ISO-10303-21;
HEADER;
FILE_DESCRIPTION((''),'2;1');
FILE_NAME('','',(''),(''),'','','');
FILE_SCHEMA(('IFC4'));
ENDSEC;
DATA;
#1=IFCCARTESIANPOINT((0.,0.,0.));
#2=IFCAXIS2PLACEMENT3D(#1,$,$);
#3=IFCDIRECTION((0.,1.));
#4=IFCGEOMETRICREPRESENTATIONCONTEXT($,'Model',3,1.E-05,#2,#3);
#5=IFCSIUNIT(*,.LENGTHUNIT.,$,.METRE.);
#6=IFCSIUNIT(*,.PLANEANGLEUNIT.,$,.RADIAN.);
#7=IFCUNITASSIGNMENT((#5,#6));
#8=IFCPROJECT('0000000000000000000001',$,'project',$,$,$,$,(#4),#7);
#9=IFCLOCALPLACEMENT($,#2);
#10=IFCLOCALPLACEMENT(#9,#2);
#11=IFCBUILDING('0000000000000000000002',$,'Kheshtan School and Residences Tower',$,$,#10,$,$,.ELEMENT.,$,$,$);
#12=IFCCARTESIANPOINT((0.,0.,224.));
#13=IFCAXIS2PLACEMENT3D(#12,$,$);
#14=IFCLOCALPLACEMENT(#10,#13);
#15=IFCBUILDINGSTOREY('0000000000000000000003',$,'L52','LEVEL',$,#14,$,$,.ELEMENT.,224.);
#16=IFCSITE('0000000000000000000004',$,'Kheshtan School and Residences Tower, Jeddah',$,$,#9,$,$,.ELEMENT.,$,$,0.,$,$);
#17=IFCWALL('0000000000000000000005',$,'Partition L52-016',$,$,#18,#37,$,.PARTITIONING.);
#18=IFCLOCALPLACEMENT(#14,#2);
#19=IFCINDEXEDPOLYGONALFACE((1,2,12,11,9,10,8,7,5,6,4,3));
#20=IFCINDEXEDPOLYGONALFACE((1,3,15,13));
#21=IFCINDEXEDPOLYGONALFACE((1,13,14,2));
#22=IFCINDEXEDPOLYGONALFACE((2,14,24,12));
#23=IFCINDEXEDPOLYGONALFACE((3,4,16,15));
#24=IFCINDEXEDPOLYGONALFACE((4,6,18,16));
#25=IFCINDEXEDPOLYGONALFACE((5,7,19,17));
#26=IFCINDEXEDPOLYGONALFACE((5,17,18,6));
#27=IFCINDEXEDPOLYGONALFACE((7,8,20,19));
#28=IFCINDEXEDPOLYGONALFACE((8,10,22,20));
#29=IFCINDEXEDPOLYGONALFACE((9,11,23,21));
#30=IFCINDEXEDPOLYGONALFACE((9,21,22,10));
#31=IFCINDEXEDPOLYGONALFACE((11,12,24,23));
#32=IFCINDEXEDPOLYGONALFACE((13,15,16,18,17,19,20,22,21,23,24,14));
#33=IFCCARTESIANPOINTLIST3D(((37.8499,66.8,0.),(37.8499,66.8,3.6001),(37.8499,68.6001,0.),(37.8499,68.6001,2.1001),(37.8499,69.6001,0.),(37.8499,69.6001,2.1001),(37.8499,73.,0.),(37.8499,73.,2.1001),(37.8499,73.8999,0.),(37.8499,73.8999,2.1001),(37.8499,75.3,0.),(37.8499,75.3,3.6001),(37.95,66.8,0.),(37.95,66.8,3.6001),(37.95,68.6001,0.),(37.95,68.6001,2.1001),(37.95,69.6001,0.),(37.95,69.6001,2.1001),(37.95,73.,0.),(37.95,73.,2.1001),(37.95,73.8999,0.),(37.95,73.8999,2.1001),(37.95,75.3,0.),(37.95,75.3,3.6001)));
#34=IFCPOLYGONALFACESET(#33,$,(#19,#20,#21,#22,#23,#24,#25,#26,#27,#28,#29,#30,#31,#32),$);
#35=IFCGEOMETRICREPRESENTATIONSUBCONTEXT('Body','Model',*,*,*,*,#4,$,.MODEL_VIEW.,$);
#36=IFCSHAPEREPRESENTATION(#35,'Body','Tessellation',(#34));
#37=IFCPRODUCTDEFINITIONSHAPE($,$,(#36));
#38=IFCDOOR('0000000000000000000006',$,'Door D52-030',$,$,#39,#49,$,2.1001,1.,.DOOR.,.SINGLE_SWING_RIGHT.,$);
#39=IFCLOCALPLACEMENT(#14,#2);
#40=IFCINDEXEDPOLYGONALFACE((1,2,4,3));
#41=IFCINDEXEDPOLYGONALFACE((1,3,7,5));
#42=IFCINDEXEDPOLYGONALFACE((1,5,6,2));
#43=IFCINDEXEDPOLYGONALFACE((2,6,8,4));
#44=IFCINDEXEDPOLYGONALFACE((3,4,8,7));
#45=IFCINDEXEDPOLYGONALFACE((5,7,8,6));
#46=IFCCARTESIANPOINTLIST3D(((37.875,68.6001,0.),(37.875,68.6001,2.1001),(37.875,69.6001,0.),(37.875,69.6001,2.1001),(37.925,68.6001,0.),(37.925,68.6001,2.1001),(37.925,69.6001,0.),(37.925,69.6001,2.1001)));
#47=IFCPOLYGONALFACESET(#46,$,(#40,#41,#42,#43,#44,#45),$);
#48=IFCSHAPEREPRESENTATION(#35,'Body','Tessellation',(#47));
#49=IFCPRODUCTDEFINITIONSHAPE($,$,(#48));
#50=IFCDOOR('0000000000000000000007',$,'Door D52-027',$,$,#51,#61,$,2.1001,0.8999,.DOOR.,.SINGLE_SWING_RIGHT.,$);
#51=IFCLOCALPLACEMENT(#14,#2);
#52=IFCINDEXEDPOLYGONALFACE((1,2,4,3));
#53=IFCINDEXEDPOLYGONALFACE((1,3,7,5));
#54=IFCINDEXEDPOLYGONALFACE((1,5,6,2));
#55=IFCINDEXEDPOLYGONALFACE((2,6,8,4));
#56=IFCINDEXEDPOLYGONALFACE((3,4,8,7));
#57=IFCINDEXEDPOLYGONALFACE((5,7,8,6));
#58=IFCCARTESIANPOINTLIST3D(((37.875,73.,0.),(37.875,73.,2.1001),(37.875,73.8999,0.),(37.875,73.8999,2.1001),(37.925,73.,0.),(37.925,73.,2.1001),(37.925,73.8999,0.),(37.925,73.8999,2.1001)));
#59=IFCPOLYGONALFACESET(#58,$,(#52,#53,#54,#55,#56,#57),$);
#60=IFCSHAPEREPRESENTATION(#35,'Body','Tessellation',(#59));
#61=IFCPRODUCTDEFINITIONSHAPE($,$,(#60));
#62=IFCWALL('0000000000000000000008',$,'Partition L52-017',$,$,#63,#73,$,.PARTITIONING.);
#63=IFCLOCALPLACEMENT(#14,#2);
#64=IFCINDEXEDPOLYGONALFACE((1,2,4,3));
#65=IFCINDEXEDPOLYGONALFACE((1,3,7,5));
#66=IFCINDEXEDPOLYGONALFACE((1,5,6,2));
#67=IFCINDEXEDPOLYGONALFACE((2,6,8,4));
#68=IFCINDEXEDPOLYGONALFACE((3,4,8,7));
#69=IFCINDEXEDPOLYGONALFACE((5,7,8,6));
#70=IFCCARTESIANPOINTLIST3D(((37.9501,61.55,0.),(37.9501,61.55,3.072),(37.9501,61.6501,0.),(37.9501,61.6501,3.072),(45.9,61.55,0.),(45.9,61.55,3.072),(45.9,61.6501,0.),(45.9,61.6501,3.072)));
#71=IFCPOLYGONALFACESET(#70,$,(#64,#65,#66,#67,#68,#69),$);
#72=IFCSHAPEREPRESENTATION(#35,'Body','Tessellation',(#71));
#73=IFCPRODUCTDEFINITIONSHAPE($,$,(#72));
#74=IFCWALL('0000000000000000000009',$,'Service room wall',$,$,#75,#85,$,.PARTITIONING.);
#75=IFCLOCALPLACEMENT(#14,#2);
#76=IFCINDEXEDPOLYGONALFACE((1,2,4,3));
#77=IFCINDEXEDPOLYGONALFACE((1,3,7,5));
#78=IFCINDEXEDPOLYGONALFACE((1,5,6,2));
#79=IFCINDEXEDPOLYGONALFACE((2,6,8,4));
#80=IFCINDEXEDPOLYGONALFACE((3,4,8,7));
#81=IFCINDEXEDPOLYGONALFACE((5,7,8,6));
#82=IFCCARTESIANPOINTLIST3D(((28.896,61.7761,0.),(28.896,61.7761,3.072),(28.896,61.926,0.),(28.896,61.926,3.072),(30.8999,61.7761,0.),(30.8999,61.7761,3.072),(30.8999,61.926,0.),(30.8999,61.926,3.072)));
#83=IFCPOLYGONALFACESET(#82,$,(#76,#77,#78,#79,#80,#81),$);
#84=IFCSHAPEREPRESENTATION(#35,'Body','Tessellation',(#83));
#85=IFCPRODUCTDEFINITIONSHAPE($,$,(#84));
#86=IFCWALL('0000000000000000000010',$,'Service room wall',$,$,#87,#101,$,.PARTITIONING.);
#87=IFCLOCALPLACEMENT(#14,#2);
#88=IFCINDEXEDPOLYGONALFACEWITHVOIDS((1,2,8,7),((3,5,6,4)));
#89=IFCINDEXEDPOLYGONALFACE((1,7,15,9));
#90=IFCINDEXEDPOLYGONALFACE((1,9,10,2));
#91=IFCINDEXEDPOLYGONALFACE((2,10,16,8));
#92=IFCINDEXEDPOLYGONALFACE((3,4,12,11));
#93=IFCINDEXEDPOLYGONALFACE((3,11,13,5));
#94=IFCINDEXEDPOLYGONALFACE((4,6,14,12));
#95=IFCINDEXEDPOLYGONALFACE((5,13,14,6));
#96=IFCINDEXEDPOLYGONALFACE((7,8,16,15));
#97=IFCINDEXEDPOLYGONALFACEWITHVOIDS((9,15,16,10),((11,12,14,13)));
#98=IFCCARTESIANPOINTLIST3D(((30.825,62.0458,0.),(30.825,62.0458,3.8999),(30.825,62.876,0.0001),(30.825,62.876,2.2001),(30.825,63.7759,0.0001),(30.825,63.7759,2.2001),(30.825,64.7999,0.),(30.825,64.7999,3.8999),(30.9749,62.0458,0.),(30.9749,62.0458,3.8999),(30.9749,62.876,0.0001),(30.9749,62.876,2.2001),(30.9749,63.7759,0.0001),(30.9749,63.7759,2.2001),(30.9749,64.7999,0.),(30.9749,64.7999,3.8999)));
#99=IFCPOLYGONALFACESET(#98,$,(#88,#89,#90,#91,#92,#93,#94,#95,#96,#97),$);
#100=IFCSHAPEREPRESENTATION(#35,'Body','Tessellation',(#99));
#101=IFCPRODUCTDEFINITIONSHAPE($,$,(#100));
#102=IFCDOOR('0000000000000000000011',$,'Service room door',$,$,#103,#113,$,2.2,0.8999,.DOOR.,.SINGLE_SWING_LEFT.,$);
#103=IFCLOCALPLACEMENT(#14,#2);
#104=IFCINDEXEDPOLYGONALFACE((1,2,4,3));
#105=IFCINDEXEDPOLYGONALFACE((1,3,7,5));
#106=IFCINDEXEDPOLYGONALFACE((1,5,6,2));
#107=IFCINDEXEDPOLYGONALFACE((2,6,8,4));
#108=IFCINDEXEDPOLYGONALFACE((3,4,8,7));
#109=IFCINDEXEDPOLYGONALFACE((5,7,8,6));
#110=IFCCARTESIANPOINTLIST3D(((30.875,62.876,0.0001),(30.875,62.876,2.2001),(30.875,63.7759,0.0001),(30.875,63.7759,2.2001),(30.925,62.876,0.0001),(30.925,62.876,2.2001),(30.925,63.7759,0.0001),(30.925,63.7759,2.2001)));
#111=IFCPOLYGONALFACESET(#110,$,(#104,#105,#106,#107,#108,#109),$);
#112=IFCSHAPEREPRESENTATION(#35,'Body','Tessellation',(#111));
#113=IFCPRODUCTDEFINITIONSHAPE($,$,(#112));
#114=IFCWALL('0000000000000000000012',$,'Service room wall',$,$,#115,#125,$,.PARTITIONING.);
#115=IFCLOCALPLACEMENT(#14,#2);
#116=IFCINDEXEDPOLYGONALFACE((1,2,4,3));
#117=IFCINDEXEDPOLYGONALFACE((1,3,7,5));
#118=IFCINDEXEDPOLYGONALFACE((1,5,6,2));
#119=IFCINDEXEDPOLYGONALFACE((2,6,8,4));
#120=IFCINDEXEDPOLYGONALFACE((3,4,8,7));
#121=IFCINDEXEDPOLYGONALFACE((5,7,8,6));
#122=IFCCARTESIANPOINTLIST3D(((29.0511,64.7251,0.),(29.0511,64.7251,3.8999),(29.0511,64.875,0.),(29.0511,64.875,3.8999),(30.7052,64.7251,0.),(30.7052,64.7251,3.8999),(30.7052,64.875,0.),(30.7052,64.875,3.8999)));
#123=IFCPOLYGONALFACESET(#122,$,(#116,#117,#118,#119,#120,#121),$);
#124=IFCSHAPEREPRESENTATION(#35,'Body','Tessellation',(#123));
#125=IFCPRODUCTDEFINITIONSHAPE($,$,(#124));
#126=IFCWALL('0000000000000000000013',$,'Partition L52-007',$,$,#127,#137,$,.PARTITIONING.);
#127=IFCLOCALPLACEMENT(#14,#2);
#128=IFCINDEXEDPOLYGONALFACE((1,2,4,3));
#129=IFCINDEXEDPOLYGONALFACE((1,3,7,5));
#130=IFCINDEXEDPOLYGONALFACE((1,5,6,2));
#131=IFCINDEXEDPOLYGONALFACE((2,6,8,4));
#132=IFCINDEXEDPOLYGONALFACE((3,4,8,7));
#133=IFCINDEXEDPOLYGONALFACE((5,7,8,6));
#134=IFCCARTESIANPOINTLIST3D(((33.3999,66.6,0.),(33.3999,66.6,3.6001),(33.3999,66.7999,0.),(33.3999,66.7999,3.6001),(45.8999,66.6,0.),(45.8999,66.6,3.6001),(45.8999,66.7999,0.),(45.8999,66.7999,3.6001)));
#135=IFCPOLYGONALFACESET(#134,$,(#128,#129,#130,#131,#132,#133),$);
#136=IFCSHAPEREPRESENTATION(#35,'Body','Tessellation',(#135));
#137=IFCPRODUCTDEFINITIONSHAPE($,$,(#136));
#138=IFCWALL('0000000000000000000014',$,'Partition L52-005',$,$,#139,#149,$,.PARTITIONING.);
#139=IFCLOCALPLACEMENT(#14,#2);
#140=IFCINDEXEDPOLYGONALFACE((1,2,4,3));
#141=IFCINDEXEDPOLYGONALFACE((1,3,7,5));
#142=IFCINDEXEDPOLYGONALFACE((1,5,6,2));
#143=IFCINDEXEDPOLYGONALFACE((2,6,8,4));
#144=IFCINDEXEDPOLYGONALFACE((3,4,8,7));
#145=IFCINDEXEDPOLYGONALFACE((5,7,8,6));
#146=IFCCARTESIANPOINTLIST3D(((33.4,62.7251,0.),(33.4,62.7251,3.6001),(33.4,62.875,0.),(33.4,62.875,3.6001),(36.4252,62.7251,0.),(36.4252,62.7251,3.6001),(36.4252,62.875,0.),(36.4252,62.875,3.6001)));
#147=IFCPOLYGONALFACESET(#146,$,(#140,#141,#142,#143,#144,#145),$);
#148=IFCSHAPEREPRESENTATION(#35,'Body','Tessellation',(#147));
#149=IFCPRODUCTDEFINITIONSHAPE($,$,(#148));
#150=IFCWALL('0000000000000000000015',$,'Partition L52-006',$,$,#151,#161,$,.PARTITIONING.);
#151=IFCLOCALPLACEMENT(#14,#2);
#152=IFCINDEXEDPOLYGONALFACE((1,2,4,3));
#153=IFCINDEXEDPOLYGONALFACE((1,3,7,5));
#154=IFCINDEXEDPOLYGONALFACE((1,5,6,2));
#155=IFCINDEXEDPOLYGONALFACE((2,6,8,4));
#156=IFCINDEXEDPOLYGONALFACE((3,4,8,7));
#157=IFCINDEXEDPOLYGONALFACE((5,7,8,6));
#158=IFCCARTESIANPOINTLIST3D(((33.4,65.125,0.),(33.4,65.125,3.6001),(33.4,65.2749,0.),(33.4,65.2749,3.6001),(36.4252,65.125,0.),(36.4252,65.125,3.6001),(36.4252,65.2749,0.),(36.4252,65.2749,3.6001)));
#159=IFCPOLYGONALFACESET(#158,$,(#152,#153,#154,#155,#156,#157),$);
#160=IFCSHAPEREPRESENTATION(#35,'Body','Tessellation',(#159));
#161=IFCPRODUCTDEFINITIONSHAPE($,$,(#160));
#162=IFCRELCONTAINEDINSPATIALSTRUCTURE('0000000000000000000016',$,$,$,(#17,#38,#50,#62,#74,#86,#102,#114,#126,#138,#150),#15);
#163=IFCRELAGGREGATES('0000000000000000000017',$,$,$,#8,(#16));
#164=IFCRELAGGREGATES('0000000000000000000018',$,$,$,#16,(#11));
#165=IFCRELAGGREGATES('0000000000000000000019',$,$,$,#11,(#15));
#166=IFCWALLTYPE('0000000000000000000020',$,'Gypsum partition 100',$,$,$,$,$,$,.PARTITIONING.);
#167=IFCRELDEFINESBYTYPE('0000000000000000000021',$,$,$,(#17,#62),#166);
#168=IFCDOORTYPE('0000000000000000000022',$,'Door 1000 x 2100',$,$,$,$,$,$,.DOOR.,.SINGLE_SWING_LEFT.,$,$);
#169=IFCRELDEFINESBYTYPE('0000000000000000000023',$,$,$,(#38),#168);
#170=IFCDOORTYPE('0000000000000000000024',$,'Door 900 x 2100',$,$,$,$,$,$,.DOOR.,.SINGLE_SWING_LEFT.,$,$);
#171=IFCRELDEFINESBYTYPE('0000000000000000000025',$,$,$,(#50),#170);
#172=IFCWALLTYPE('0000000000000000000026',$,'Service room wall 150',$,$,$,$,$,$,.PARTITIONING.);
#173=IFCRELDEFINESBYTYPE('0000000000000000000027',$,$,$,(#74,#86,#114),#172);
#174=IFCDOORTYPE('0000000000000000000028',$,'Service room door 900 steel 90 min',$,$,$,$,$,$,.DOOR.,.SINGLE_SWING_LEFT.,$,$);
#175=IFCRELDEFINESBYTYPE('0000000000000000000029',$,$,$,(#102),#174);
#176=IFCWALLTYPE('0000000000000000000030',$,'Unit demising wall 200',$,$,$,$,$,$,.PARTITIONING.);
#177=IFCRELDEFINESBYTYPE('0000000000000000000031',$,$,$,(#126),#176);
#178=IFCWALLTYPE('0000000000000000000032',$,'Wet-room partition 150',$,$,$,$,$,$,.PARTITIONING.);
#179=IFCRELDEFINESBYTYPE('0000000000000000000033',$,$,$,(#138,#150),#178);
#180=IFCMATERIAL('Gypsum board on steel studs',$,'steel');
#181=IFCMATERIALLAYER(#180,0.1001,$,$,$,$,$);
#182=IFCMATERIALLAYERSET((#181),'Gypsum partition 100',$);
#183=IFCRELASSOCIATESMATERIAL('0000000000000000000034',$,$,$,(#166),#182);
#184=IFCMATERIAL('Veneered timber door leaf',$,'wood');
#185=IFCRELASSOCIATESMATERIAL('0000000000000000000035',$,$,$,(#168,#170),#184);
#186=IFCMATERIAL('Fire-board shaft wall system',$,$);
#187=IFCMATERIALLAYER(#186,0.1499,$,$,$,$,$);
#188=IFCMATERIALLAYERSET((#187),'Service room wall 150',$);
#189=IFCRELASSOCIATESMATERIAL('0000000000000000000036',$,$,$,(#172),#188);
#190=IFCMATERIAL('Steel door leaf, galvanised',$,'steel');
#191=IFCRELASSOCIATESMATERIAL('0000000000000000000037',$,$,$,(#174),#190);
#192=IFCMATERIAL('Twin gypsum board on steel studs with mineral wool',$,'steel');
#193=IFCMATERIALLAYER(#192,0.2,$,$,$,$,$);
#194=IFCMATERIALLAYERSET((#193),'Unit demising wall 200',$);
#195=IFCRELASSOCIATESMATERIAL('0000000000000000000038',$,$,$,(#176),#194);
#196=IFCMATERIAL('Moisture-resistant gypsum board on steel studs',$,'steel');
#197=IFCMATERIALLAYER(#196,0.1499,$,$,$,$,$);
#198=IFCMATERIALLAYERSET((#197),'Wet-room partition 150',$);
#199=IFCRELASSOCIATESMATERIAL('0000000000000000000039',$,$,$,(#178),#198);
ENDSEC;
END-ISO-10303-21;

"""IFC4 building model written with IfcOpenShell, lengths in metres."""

from ifc_helpers import new_model, si_unit, direction, frame, frame_2d, origin, place, context, subcontext, project, spatial, rectangle, extrude, source, transform, mapped, material, layer, layer_set, type_object, element, fill, save


model = new_model("IFC4")

# Units and contexts
model_context = context("Model", 3, precision=1e-05, world=origin(), true_north=direction((0.0, 1.0)))
body_context = subcontext(model_context, "Body", "Model", "MODEL_VIEW")
ifc_project = project(units=[si_unit("LENGTHUNIT", "METRE"), si_unit("PLANEANGLEUNIT", "RADIAN")], contexts=[model_context])

# Site, building, storey
site_placement = place(None, origin())
site = spatial("IfcSite", under=ifc_project, at=site_placement, Name="Kheshtan School and Residences Tower, Jeddah", CompositionType="ELEMENT", RefElevation=0.0)
building_placement = place(site_placement, origin())
building = spatial("IfcBuilding", under=site, at=building_placement, Name="Kheshtan School and Residences Tower", CompositionType="ELEMENT")
storey_placement = place(building_placement, frame((0.0, 0.0, 224.0)))
storey = spatial("IfcBuildingStorey", under=building, at=storey_placement, Name="L52", Description="LEVEL", CompositionType="ELEMENT", Elevation=224.0)

# Shared definitions
ifc_material_1 = material(Name="Gypsum board on steel studs", Category="steel")
ifc_layer_1 = layer(ifc_material_1, 0.1001)
ifc_layer_set_1 = layer_set([ifc_layer_1], Name="Gypsum partition 100")
wall_type_1 = type_object("IfcWallType", Name="Gypsum partition 100", PredefinedType="PARTITIONING", material=ifc_layer_set_1)

# Wall, openings, doors
ifc_material_2 = material(Name="Veneered timber door leaf", Category="wood")
door_type_1 = type_object("IfcDoorType", Name="Door 1000 x 2100", OperationType="SINGLE_SWING_LEFT", PredefinedType="DOOR", material=ifc_material_2)
shared_shape_1 = source(origin(), body_context, "Body", "SweptSolid", [
    extrude(rectangle(XDim=1.0, YDim=2.1001, at=frame_2d((0.5, 1.05))), frame((0.0, 0.0249, 0.0), z_axis=(0.0, -1.0, 0.0), x_axis=(1.0, 0.0, 0.0)), (0.0, 0.0, 1.0), 0.05),
])
door_type_2 = type_object("IfcDoorType", Name="Door 900 x 2100", OperationType="SINGLE_SWING_LEFT", PredefinedType="DOOR", material=ifc_material_2)
shared_shape_2 = source(origin(), body_context, "Body", "SweptSolid", [
    extrude(rectangle(XDim=0.8999, YDim=2.1001, at=frame_2d((0.45, 1.05))), frame((0.0, 0.0249, 0.0), z_axis=(0.0, -1.0, 0.0), x_axis=(1.0, 0.0, 0.0)), (0.0, 0.0, 1.0), 0.05),
])
wall_1_placement = place(storey_placement, frame((37.8999, 66.8, 0.0), z_axis=(0.0, 0.0, 1.0), x_axis=(0.0, 1.0, 0.0)))
wall_1 = element("IfcWall", 1, at=wall_1_placement, inside=storey, type_object=wall_type_1, Name="Partition L52-016", PredefinedType="PARTITIONING", context=body_context, shape_type="SweptSolid", body=[
    extrude(rectangle(XDim=8.5, YDim=0.1001, at=frame_2d((4.25, 0.0))), origin(), (0.0, 0.0, 1.0), 3.6001),
])
opening_1_placement = place(wall_1_placement, frame((6.2, 0.0, 0.0)))
opening_1 = element("IfcOpeningElement", 2, at=opening_1_placement, cuts=wall_1, PredefinedType="OPENING", context=body_context, shape_type="SweptSolid", body=[
    extrude(rectangle(XDim=0.8999, YDim=2.1001, at=frame_2d((0.45, 1.05))), frame((0.0, 0.0601, 0.0), z_axis=(0.0, -1.0, 0.0), x_axis=(1.0, 0.0, 0.0)), (0.0, 0.0, 1.0), 0.1201),
])
opening_2_placement = place(wall_1_placement, frame((1.8, 0.0, 0.0)))
opening_2 = element("IfcOpeningElement", 3, at=opening_2_placement, cuts=wall_1, PredefinedType="OPENING", context=body_context, shape_type="SweptSolid", body=[
    extrude(rectangle(XDim=1.0, YDim=2.1001, at=frame_2d((0.5, 1.05))), frame((0.0, 0.0601, 0.0), z_axis=(0.0, -1.0, 0.0), x_axis=(1.0, 0.0, 0.0)), (0.0, 0.0, 1.0), 0.1201),
])
door_1_placement = place(opening_2_placement, origin())
door_1 = element("IfcDoor", 4, at=door_1_placement, inside=storey, type_object=door_type_1, Name="Door D52-030", OperationType="SINGLE_SWING_RIGHT", OverallHeight=2.1001, OverallWidth=1.0, PredefinedType="DOOR", context=body_context, shape_type="MappedRepresentation", body=[
    mapped(shared_shape_1, transform((0.0, 0.0, 0.0), x_axis=(1.0, 0.0, 0.0), y_axis=(0.0, 1.0, 0.0), z_axis=(0.0, 0.0, 1.0), scale=1.0)),
])
fill(opening_2, door_1)
door_2_placement = place(opening_1_placement, origin())
door_2 = element("IfcDoor", 5, at=door_2_placement, inside=storey, type_object=door_type_2, Name="Door D52-027", OperationType="SINGLE_SWING_RIGHT", OverallHeight=2.1001, OverallWidth=0.8999, PredefinedType="DOOR", context=body_context, shape_type="MappedRepresentation", body=[
    mapped(shared_shape_2, transform((0.0, 0.0, 0.0), x_axis=(1.0, 0.0, 0.0), y_axis=(0.0, 1.0, 0.0), z_axis=(0.0, 0.0, 1.0), scale=1.0)),
])
fill(opening_1, door_2)

# Walls
wall_2_placement = place(storey_placement, frame((37.95, 61.6001, 0.0), z_axis=(0.0, 0.0, 1.0), x_axis=(1.0, 0.0, 0.0)))
element("IfcWall", 6, at=wall_2_placement, inside=storey, type_object=wall_type_1, Name="Partition L52-017", PredefinedType="PARTITIONING", context=body_context, shape_type="SweptSolid", body=[
    extrude(rectangle(XDim=7.95, YDim=0.1001, at=frame_2d((3.9751, 0.0))), origin(), (0.0, 0.0, 1.0), 3.072),
])
ifc_material_3 = material(Name="Fire-board shaft wall system")
ifc_layer_2 = layer(ifc_material_3, 0.1499)
ifc_layer_set_2 = layer_set([ifc_layer_2], Name="Service room wall 150")
wall_type_2 = type_object("IfcWallType", Name="Service room wall 150", PredefinedType="PARTITIONING", material=ifc_layer_set_2)
wall_3_placement = place(storey_placement, frame((28.896, 61.8511, 0.0), z_axis=(0.0, 0.0, 1.0), x_axis=(1.0, 0.0, 0.0)))
element("IfcWall", 7, at=wall_3_placement, inside=storey, type_object=wall_type_2, Name="Service room wall", PredefinedType="PARTITIONING", context=body_context, shape_type="SweptSolid", body=[
    extrude(rectangle(XDim=2.0039, YDim=0.1499, at=frame_2d((1.002, 0.0))), origin(), (0.0, 0.0, 1.0), 3.072),
])

# Wall, opening, door
wall_4_placement = place(storey_placement, frame((30.8999, 62.0459, 0.0), z_axis=(0.0, 0.0, 1.0), x_axis=(0.0, 1.0, 0.0)))
wall_4 = element("IfcWall", 8, at=wall_4_placement, inside=storey, type_object=wall_type_2, Name="Service room wall", PredefinedType="PARTITIONING", context=body_context, shape_type="SweptSolid", body=[
    extrude(rectangle(XDim=2.7542, YDim=0.1499, at=frame_2d((1.377, 0.0))), origin(), (0.0, 0.0, 1.0), 3.8999),
])
opening_3_placement = place(wall_4_placement, frame((0.8301, 0.0, 0.0)))
opening_3 = element("IfcOpeningElement", 9, at=opening_3_placement, cuts=wall_4, PredefinedType="OPENING", context=body_context, shape_type="SweptSolid", body=[
    extrude(rectangle(XDim=0.8999, YDim=2.2, at=frame_2d((0.45, 1.1001))), frame((0.0, 0.085, 0.0), z_axis=(0.0, -1.0, 0.0), x_axis=(1.0, 0.0, 0.0)), (0.0, 0.0, 1.0), 0.1699),
])
ifc_material_4 = material(Name="Steel door leaf, galvanised", Category="steel")
door_type_3 = type_object("IfcDoorType", Name="Service room door 900 steel 90 min", OperationType="SINGLE_SWING_LEFT", PredefinedType="DOOR", material=ifc_material_4)
shared_shape_3 = source(origin(), body_context, "Body", "SweptSolid", [
    extrude(rectangle(XDim=0.8999, YDim=2.2, at=frame_2d((0.45, 1.1001))), frame((0.0, 0.0249, 0.0), z_axis=(0.0, -1.0, 0.0), x_axis=(1.0, 0.0, 0.0)), (0.0, 0.0, 1.0), 0.05),
])
door_3_placement = place(opening_3_placement, origin())
door_3 = element("IfcDoor", 10, at=door_3_placement, inside=storey, type_object=door_type_3, Name="Service room door", OperationType="SINGLE_SWING_LEFT", OverallHeight=2.2, OverallWidth=0.8999, PredefinedType="DOOR", context=body_context, shape_type="MappedRepresentation", body=[
    mapped(shared_shape_3, transform((0.0, 0.0, 0.0), x_axis=(1.0, 0.0, 0.0), y_axis=(0.0, 1.0, 0.0), z_axis=(0.0, 0.0, 1.0), scale=1.0)),
])
fill(opening_3, door_3)

# Walls
wall_5_placement = place(storey_placement, frame((29.051, 64.8, 0.0), z_axis=(0.0, 0.0, 1.0), x_axis=(1.0, 0.0, 0.0)))
element("IfcWall", 11, at=wall_5_placement, inside=storey, type_object=wall_type_2, Name="Service room wall", PredefinedType="PARTITIONING", context=body_context, shape_type="SweptSolid", body=[
    extrude(rectangle(XDim=1.6541, YDim=0.1499, at=frame_2d((0.8271, 0.0))), origin(), (0.0, 0.0, 1.0), 3.8999),
])
ifc_material_5 = material(Name="Twin gypsum board on steel studs with mineral wool", Category="steel")
ifc_layer_3 = layer(ifc_material_5, 0.2)
ifc_layer_set_3 = layer_set([ifc_layer_3], Name="Unit demising wall 200")
wall_type_3 = type_object("IfcWallType", Name="Unit demising wall 200", PredefinedType="PARTITIONING", material=ifc_layer_set_3)
wall_6_placement = place(storey_placement, frame((33.3999, 66.7, 0.0), z_axis=(0.0, 0.0, 1.0), x_axis=(1.0, 0.0, 0.0)))
element("IfcWall", 12, at=wall_6_placement, inside=storey, type_object=wall_type_3, Name="Partition L52-007", PredefinedType="PARTITIONING", context=body_context, shape_type="SweptSolid", body=[
    extrude(rectangle(XDim=12.5, YDim=0.2, at=frame_2d((6.25, 0.0))), origin(), (0.0, 0.0, 1.0), 3.6001),
])
ifc_material_6 = material(Name="Moisture-resistant gypsum board on steel studs", Category="steel")
ifc_layer_4 = layer(ifc_material_6, 0.1499)
ifc_layer_set_4 = layer_set([ifc_layer_4], Name="Wet-room partition 150")
wall_type_4 = type_object("IfcWallType", Name="Wet-room partition 150", PredefinedType="PARTITIONING", material=ifc_layer_set_4)
for number, where, z_axis, x_axis, name in (
    (13, (33.3999, 62.8, 0.0), (0.0, 0.0, 1.0), (1.0, 0.0, 0.0), "Partition L52-005"),
    (14, (33.3999, 65.2, 0.0), (0.0, 0.0, 1.0), (1.0, 0.0, 0.0), "Partition L52-006"),
):
    element("IfcWall", number, at=place(storey_placement, frame(where, z_axis=z_axis, x_axis=x_axis)), inside=storey, type_object=wall_type_4, Name=name, PredefinedType="PARTITIONING", context=body_context, shape_type="SweptSolid", body=[
        extrude(rectangle(XDim=3.0251, YDim=0.1499, at=frame_2d((1.5127, 0.0))), origin(), (0.0, 0.0, 1.0), 3.6001),
    ])

save(model, "model.ifc")
